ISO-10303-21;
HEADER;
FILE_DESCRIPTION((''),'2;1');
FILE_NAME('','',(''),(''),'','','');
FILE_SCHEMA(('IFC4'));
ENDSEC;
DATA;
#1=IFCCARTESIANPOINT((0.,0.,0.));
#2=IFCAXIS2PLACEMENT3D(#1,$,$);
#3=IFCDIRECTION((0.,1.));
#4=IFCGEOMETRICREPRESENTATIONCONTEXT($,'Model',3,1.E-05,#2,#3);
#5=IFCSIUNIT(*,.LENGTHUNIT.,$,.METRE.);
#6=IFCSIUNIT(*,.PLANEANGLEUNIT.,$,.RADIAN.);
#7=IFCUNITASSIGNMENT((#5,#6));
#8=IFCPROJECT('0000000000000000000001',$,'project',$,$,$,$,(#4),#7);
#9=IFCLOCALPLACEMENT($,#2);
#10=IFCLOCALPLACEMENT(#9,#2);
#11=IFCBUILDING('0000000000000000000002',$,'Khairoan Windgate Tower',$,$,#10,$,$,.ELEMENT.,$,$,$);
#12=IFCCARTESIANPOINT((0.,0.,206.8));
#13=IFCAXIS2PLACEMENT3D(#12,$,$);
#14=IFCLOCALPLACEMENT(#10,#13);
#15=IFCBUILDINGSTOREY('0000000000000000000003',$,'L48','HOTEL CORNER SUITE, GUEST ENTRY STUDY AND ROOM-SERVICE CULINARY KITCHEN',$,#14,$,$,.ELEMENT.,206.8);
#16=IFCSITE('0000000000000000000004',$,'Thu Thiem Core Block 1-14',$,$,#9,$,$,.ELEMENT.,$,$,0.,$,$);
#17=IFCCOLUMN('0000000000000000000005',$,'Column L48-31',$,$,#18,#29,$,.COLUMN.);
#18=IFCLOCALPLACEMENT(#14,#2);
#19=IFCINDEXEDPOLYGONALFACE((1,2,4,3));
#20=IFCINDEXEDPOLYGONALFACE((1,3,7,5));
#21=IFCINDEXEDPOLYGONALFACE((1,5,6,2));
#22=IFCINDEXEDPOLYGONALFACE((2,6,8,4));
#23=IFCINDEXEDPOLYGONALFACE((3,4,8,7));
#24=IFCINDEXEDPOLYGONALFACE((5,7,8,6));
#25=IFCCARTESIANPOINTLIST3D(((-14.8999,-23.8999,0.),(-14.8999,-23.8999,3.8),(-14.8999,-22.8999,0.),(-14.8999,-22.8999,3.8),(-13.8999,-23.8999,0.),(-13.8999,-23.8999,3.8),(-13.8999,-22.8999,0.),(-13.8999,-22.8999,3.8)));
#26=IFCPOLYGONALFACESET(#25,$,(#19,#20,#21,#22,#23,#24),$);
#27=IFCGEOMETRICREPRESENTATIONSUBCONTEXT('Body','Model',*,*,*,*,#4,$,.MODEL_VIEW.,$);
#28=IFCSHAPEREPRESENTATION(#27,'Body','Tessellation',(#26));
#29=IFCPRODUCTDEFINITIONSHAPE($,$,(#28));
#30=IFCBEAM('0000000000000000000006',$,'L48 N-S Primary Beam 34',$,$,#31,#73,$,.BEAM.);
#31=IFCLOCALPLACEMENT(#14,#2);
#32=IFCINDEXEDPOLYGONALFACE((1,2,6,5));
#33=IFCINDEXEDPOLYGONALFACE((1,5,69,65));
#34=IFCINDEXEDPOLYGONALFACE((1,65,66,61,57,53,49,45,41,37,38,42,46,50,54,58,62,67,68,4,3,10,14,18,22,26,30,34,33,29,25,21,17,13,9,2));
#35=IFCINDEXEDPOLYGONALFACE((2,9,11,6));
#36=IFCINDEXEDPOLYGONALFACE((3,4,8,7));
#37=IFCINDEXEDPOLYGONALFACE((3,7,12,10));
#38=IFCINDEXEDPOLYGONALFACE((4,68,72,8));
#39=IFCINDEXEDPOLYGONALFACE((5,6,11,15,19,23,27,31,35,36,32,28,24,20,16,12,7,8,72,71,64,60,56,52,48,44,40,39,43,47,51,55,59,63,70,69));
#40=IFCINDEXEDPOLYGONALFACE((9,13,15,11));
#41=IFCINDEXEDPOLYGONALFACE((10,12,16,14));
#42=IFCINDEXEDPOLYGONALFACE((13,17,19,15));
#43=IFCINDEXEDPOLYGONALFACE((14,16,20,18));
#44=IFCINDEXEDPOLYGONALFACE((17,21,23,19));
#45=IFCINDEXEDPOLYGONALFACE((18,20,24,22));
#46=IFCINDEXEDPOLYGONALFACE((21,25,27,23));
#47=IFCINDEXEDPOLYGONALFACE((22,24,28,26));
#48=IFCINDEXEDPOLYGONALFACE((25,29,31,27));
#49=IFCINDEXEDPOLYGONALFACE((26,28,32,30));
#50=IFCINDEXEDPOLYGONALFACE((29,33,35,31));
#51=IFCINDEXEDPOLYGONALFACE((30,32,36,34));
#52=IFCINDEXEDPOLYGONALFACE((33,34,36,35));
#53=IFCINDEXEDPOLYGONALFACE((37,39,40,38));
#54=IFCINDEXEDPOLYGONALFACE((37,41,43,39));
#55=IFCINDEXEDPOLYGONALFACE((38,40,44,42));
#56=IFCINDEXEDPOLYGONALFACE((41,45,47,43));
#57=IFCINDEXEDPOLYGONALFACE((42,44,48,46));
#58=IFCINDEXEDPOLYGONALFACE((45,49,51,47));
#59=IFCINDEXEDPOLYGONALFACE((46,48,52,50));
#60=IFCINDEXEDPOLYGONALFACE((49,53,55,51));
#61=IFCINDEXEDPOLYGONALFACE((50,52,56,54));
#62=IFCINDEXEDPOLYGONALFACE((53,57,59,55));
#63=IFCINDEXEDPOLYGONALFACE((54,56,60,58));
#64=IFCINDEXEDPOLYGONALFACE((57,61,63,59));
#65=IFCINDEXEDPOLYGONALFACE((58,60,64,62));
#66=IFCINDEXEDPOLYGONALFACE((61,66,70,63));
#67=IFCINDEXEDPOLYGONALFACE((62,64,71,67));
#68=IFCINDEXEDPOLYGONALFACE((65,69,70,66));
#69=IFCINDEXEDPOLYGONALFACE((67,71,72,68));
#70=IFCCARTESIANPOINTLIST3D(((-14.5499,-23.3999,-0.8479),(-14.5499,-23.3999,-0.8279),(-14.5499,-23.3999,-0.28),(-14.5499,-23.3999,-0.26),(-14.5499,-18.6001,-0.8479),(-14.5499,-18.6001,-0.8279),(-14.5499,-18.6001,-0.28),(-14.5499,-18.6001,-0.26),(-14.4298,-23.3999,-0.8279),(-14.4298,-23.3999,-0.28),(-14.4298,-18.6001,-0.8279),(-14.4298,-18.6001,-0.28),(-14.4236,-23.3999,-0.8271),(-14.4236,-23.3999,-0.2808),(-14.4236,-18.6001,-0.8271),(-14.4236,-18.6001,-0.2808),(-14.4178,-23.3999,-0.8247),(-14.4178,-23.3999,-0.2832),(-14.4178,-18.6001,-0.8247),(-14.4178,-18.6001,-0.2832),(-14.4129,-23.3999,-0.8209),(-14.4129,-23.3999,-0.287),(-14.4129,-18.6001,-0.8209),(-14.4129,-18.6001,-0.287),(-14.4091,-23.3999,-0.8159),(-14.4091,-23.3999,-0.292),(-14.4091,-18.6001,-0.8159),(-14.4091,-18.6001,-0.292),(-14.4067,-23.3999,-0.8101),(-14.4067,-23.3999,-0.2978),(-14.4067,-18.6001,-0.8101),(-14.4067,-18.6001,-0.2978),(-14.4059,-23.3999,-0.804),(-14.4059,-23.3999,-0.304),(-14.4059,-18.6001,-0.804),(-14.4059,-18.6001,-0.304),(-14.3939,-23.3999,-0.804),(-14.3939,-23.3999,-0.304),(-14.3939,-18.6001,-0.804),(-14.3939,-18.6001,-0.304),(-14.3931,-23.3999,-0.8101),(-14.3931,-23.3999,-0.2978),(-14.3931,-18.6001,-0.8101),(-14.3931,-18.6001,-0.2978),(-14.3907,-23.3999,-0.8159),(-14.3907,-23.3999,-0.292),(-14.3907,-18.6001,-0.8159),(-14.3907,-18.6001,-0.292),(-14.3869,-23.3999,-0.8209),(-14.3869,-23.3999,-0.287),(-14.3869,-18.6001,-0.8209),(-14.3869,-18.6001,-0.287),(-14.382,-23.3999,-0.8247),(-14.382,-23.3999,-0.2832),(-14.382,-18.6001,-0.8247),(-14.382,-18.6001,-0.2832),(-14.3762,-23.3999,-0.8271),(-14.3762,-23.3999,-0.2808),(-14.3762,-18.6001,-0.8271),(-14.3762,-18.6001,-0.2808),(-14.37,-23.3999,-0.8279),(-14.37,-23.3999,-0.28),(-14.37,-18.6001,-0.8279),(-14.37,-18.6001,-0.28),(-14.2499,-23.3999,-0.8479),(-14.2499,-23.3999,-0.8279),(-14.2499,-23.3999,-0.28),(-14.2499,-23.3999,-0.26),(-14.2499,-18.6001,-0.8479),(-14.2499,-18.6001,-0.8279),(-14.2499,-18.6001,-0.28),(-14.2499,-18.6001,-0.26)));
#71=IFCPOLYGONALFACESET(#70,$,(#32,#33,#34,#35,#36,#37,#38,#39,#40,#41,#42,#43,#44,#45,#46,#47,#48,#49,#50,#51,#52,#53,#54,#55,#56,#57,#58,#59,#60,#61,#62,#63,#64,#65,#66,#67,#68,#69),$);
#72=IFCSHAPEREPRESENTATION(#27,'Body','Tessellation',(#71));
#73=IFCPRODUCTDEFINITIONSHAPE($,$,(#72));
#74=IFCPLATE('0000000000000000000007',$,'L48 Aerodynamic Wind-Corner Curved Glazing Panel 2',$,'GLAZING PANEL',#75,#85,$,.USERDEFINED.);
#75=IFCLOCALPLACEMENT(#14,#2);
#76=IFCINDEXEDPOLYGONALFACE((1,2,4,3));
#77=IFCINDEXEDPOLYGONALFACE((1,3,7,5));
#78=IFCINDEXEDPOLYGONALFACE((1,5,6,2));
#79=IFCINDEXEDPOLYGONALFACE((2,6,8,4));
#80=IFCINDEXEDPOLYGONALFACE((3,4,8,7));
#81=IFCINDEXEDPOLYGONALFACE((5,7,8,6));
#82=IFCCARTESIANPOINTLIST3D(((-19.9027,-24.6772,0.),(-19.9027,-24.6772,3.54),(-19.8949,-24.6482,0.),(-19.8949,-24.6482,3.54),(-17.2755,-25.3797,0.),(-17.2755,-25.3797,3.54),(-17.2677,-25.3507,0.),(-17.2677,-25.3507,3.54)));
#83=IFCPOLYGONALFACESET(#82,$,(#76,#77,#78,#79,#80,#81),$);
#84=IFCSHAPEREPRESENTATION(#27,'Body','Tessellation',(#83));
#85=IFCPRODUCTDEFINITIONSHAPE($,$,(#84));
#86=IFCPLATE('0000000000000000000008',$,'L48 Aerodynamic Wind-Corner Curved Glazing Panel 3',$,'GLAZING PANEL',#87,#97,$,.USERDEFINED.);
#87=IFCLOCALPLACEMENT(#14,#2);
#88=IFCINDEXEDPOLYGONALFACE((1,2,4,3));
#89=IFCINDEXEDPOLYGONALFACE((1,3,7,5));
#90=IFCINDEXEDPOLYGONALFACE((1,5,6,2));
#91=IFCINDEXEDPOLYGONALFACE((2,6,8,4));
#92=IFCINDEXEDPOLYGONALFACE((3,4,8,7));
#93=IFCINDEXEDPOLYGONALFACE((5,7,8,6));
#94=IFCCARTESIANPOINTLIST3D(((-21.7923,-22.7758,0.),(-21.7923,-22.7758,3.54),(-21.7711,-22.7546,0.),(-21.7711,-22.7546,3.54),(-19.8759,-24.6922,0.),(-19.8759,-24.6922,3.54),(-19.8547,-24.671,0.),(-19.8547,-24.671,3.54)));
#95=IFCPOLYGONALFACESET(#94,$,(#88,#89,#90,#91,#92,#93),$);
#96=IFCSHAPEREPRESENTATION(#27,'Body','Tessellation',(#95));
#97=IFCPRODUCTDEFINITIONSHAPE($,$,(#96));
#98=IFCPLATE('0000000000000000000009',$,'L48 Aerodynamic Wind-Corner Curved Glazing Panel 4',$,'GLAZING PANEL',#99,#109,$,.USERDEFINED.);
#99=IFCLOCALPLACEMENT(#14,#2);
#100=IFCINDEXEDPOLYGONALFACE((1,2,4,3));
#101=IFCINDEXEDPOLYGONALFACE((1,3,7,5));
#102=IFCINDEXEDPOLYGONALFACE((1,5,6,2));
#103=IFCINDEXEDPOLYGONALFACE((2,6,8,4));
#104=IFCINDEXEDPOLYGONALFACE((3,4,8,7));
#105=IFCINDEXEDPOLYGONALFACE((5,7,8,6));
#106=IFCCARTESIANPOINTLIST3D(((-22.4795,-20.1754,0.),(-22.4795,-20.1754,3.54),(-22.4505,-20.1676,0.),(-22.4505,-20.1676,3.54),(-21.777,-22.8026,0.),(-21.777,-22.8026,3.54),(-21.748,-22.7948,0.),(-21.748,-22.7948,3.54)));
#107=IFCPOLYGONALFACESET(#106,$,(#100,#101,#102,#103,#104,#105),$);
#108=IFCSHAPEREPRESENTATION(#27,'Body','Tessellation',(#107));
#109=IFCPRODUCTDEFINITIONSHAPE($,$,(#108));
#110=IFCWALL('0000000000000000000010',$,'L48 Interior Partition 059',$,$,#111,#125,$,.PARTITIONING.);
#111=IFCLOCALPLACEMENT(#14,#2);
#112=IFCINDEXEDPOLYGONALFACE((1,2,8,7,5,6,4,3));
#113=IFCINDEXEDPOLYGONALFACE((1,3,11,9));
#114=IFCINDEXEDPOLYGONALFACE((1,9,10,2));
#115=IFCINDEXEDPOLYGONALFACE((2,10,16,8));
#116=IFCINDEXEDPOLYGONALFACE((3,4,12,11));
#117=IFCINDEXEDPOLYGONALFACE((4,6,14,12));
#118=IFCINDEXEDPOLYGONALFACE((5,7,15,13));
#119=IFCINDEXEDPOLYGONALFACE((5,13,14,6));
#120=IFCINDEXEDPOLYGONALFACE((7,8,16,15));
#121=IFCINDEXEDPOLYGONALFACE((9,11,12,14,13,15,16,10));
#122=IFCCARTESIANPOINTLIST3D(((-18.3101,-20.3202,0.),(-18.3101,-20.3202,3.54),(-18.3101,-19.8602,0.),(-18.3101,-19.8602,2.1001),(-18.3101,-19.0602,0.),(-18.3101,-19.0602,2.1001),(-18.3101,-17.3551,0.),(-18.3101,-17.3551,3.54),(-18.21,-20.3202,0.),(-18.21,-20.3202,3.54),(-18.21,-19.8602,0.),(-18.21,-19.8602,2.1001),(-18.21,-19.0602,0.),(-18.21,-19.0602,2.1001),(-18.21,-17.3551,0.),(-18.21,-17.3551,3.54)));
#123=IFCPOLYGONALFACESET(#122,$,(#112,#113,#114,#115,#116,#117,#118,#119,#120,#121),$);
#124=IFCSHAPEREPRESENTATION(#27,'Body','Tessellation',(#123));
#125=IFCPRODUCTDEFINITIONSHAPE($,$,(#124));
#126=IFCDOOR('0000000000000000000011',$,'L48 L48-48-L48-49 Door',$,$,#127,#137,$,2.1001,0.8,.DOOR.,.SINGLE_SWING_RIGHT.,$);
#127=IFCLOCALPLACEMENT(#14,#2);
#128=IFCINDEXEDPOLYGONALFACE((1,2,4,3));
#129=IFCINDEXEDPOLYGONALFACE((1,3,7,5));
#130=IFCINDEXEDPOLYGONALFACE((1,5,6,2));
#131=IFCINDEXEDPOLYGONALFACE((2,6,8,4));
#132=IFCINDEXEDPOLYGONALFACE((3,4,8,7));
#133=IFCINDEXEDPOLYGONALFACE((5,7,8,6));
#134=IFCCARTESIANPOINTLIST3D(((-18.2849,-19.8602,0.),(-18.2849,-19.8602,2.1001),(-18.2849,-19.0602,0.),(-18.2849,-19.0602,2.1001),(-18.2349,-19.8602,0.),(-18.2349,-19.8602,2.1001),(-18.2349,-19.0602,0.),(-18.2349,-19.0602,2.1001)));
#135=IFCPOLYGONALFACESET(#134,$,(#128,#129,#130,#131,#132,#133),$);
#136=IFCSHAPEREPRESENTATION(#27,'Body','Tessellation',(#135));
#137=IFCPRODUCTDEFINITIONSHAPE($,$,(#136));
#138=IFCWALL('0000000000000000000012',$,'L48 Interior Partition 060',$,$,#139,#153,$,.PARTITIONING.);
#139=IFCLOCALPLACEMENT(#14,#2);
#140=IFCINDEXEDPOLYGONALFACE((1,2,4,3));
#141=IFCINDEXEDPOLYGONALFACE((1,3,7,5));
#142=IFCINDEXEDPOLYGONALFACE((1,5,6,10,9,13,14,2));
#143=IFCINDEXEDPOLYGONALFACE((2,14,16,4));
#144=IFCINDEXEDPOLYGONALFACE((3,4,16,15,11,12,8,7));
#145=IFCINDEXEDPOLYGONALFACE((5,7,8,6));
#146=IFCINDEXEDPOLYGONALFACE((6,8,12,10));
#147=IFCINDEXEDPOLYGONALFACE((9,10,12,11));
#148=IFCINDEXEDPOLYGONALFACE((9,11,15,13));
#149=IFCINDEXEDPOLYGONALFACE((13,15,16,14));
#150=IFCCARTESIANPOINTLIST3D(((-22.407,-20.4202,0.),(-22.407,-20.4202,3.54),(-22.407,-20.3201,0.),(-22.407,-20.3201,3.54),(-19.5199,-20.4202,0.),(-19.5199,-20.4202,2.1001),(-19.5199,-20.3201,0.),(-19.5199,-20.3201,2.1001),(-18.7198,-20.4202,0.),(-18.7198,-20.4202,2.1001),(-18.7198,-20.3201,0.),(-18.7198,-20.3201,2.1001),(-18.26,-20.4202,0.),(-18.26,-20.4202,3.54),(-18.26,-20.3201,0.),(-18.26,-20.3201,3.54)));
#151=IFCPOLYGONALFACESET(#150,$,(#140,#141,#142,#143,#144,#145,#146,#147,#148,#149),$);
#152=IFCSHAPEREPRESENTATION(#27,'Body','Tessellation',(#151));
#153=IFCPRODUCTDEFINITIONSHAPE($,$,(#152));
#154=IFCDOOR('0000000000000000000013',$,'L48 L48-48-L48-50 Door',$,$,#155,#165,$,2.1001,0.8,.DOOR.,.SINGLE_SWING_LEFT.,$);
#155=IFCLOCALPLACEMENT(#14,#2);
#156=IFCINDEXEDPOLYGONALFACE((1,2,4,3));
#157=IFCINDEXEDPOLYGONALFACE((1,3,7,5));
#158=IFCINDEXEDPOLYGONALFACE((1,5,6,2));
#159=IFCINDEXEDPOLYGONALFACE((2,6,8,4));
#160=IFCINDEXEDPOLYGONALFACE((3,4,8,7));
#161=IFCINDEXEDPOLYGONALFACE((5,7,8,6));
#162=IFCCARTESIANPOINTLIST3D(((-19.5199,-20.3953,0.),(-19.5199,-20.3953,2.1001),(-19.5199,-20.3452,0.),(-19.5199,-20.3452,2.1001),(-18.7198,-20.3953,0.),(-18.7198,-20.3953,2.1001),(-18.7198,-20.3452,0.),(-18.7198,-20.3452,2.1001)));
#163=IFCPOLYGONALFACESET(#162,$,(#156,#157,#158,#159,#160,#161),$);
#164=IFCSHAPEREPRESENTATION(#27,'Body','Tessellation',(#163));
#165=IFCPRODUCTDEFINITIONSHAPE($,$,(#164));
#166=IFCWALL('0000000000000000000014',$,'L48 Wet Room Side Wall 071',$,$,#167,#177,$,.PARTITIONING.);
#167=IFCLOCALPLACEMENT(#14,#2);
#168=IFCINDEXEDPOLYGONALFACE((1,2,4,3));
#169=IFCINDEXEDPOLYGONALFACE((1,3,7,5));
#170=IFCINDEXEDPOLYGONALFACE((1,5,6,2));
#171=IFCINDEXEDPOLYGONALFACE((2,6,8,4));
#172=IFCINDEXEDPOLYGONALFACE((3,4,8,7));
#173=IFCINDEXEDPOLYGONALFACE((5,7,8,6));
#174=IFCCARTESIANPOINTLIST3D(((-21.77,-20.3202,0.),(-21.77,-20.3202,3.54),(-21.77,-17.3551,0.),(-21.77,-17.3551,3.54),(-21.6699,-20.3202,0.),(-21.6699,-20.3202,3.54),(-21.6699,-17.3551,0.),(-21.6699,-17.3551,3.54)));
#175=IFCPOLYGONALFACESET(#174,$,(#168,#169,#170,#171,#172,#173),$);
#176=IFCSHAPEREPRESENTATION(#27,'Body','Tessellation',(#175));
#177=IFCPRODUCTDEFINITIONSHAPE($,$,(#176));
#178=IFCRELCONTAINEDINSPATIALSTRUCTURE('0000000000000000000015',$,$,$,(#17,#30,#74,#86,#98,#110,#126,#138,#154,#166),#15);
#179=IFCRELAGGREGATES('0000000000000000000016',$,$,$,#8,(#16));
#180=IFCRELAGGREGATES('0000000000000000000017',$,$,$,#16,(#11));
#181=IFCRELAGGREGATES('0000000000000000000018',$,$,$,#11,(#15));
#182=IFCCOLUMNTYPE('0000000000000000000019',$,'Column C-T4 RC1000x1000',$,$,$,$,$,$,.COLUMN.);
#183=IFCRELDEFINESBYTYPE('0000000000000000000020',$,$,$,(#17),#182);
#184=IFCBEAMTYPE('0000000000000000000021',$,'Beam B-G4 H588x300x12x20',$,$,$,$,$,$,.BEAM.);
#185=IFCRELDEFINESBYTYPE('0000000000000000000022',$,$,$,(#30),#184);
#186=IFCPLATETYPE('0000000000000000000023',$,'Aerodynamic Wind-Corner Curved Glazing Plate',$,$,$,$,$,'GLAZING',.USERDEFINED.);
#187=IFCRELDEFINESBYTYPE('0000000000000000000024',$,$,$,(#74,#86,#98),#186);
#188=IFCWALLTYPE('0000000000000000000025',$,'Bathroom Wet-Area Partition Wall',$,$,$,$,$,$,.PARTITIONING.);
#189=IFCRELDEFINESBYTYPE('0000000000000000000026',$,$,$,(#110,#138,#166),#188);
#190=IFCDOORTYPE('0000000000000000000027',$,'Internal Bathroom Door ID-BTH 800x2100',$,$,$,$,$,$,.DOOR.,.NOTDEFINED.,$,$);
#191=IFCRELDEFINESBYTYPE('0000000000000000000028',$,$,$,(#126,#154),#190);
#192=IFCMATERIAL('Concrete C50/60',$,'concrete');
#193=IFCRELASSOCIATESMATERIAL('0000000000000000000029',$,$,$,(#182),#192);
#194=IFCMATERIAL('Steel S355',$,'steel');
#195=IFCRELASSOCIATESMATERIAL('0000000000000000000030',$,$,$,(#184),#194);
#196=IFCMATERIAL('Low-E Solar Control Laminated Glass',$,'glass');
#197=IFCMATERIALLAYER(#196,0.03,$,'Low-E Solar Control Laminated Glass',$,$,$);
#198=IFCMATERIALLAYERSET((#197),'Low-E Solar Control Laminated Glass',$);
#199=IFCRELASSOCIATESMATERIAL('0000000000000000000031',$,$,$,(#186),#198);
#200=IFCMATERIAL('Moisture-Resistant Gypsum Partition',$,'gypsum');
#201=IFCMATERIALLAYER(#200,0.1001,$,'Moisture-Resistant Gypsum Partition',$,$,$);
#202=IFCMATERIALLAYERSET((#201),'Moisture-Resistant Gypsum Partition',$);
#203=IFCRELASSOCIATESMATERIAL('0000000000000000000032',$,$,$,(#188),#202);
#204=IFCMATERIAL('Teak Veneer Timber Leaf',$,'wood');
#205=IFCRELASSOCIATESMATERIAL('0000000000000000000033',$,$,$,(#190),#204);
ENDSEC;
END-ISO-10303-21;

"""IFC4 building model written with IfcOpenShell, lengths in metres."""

from ifc_helpers import new_model, si_unit, direction, frame, frame_2d, origin, origin_2d, place, context, subcontext, project, spatial, rectangle, i_section, extrude, material, layer, layer_set, material_profile, profile_set, type_object, element, fill, save


model = new_model("IFC4")

# Units and contexts
model_context = context("Model", 3, precision=1e-05, world=origin(), true_north=direction((0.0, 1.0)))
body_context = subcontext(model_context, "Body", "Model", "MODEL_VIEW")
ifc_project = project(units=[si_unit("LENGTHUNIT", "METRE"), si_unit("PLANEANGLEUNIT", "RADIAN")], contexts=[model_context])

# Site, building, storey
site_placement = place(None, origin())
site = spatial("IfcSite", under=ifc_project, at=site_placement, Name="Thu Thiem Core Block 1-14", CompositionType="ELEMENT", RefElevation=0.0)
building_placement = place(site_placement, origin())
building = spatial("IfcBuilding", under=site, at=building_placement, Name="Khairoan Windgate Tower", CompositionType="ELEMENT")
storey_placement = place(building_placement, frame((0.0, 0.0, 206.8)))
storey = spatial("IfcBuildingStorey", under=building, at=storey_placement, Name="L48", Description="HOTEL CORNER SUITE, GUEST ENTRY STUDY AND ROOM-SERVICE CULINARY KITCHEN", CompositionType="ELEMENT", Elevation=206.8)

# Column
ifc_material_1 = material(Name="Concrete C50/60", Category="concrete")
ifc_material_profile_1 = material_profile(ifc_material_1, rectangle(XDim=1.0, YDim=1.0, at=origin_2d()))
ifc_profile_set_1 = profile_set([ifc_material_profile_1], Name="Concrete C50/60")
column_type = type_object("IfcColumnType", Name="Column C-T4 RC1000x1000", PredefinedType="COLUMN", material=ifc_profile_set_1)
column_placement = place(storey_placement, frame((-14.3999, -23.3999, 0.0), z_axis=(0.0, 0.0, 1.0), x_axis=(1.0, 0.0, 0.0)))
element("IfcColumn", 1, at=column_placement, inside=storey, type_object=column_type, Name="Column L48-31", PredefinedType="COLUMN", context=body_context, shape_type="SweptSolid", body=[
    extrude(rectangle(XDim=1.0, YDim=1.0, at=origin_2d()), origin(), (0.0, 0.0, 1.0), 3.8),
])

# Beam
ifc_material_2 = material(Name="Steel S355", Category="steel")
ifc_material_profile_2 = material_profile(ifc_material_2, i_section(OverallWidth=0.3, OverallDepth=0.5879, WebThickness=0.012, FlangeThickness=0.02, FilletRadius=0.0239, at=origin_2d()))
ifc_profile_set_2 = profile_set([ifc_material_profile_2], Name="Steel S355")
beam_type = type_object("IfcBeamType", Name="Beam B-G4 H588x300x12x20", PredefinedType="BEAM", material=ifc_profile_set_2)
beam_placement = place(storey_placement, frame((-14.3999, -23.3999, -0.554), z_axis=(0.0, 1.0, 0.0), x_axis=(-1.0, 0.0, 0.0)))
element("IfcBeam", 2, at=beam_placement, inside=storey, type_object=beam_type, Name="L48 N-S Primary Beam 34", PredefinedType="BEAM", context=body_context, shape_type="SweptSolid", body=[
    extrude(i_section(OverallWidth=0.3, OverallDepth=0.5879, WebThickness=0.012, FlangeThickness=0.02, FilletRadius=0.0239, at=origin_2d()), origin(), (0.0, 0.0, 1.0), 4.7998),
])

# Plates
ifc_material_3 = material(Name="Low-E Solar Control Laminated Glass", Category="glass")
ifc_layer_1 = layer(ifc_material_3, 0.03, Name="Low-E Solar Control Laminated Glass")
ifc_layer_set_1 = layer_set([ifc_layer_1], Name="Low-E Solar Control Laminated Glass")
plate_type = type_object("IfcPlateType", Name="Aerodynamic Wind-Corner Curved Glazing Plate", ElementType="GLAZING", PredefinedType="USERDEFINED", material=ifc_layer_set_1)
plate_1_placement = place(storey_placement, frame((-18.5852, -25.0139, 0.0), z_axis=(0.0, 0.0, 1.0), x_axis=(-0.966061, 0.258313, 0.0)))
element("IfcPlate", 3, at=plate_1_placement, inside=storey, type_object=plate_type, Name="L48 Aerodynamic Wind-Corner Curved Glazing Panel 2", ObjectType="GLAZING PANEL", PredefinedType="USERDEFINED", context=body_context, shape_type="SweptSolid", body=[
    extrude(rectangle(XDim=2.7195, YDim=0.03, at=origin_2d()), origin(), (0.0, 0.0, 1.0), 3.54),
])
plate_2_placement = place(storey_placement, frame((-20.8235, -23.7234, 0.0), z_axis=(0.0, 0.0, 1.0), x_axis=(-0.707107, 0.707107, 0.0)))
element("IfcPlate", 4, at=plate_2_placement, inside=storey, type_object=plate_type, Name="L48 Aerodynamic Wind-Corner Curved Glazing Panel 3", ObjectType="GLAZING PANEL", PredefinedType="USERDEFINED", context=body_context, shape_type="SweptSolid", body=[
    extrude(rectangle(XDim=2.7102, YDim=0.03, at=origin_2d()), origin(), (0.0, 0.0, 1.0), 3.54),
])
plate_3_placement = place(storey_placement, frame((-22.1138, -21.4851, 0.0), z_axis=(0.0, 0.0, 1.0), x_axis=(-0.258313, 0.966061, 0.0)))
element("IfcPlate", 5, at=plate_3_placement, inside=storey, type_object=plate_type, Name="L48 Aerodynamic Wind-Corner Curved Glazing Panel 4", ObjectType="GLAZING PANEL", PredefinedType="USERDEFINED", context=body_context, shape_type="SweptSolid", body=[
    extrude(rectangle(XDim=2.7195, YDim=0.03, at=origin_2d()), origin(), (0.0, 0.0, 1.0), 3.54),
])

# Walls, openings, doors
ifc_material_4 = material(Name="Moisture-Resistant Gypsum Partition", Category="gypsum")
ifc_layer_2 = layer(ifc_material_4, 0.1001, Name="Moisture-Resistant Gypsum Partition")
ifc_layer_set_2 = layer_set([ifc_layer_2], Name="Moisture-Resistant Gypsum Partition")
wall_type_1 = type_object("IfcWallType", Name="Bathroom Wet-Area Partition Wall", PredefinedType="PARTITIONING", material=ifc_layer_set_2)
wall_1_placement = place(storey_placement, frame((-18.26, -20.3201, 0.0), z_axis=(0.0, 0.0, 1.0), x_axis=(0.0, 1.0, 0.0)))
wall_1 = element("IfcWall", 6, at=wall_1_placement, inside=storey, type_object=wall_type_1, Name="L48 Interior Partition 059", PredefinedType="PARTITIONING", context=body_context, shape_type="SweptSolid", body=[
    extrude(rectangle(XDim=2.9651, YDim=0.1001, at=frame_2d((1.4824, 0.0))), origin(), (0.0, 0.0, 1.0), 3.54),
])
opening_1_placement = place(wall_1_placement, frame((0.46, 0.0, 0.0)))
opening_1 = element("IfcOpeningElement", 7, at=opening_1_placement, cuts=wall_1, PredefinedType="OPENING", context=body_context, shape_type="SweptSolid", body=[
    extrude(rectangle(XDim=0.8, YDim=2.1001, at=frame_2d((0.3999, 1.05))), frame((0.0, 0.0601, 0.0), z_axis=(0.0, -1.0, 0.0), x_axis=(1.0, 0.0, 0.0)), (0.0, 0.0, 1.0), 0.1201),
])
ifc_material_5 = material(Name="Teak Veneer Timber Leaf", Category="wood")
door_type_1 = type_object("IfcDoorType", Name="Internal Bathroom Door ID-BTH 800x2100", OperationType="NOTDEFINED", PredefinedType="DOOR", material=ifc_material_5)
door_1_placement = place(opening_1_placement, origin())
door_1 = element("IfcDoor", 8, at=door_1_placement, inside=storey, type_object=door_type_1, Name="L48 L48-48-L48-49 Door", OperationType="SINGLE_SWING_RIGHT", OverallHeight=2.1001, OverallWidth=0.8, PredefinedType="DOOR", context=body_context, shape_type="SweptSolid", body=[
    extrude(rectangle(XDim=0.8, YDim=2.1001, at=frame_2d((0.3999, 1.05))), frame((0.0, 0.0249, 0.0), z_axis=(0.0, -1.0, 0.0), x_axis=(1.0, 0.0, 0.0)), (0.0, 0.0, 1.0), 0.05),
])
fill(opening_1, door_1)
wall_2_placement = place(storey_placement, frame((-22.407, -20.3701, 0.0), z_axis=(0.0, 0.0, 1.0), x_axis=(1.0, 0.0, 0.0)))
wall_2 = element("IfcWall", 9, at=wall_2_placement, inside=storey, type_object=wall_type_1, Name="L48 Interior Partition 060", PredefinedType="PARTITIONING", context=body_context, shape_type="SweptSolid", body=[
    extrude(rectangle(XDim=4.147, YDim=0.1001, at=frame_2d((2.0735, 0.0))), origin(), (0.0, 0.0, 1.0), 3.54),
])
opening_2_placement = place(wall_2_placement, frame((2.8872, 0.0, 0.0)))
opening_2 = element("IfcOpeningElement", 10, at=opening_2_placement, cuts=wall_2, PredefinedType="OPENING", context=body_context, shape_type="SweptSolid", body=[
    extrude(rectangle(XDim=0.8, YDim=2.1001, at=frame_2d((0.3999, 1.05))), frame((0.0, 0.0601, 0.0), z_axis=(0.0, -1.0, 0.0), x_axis=(1.0, 0.0, 0.0)), (0.0, 0.0, 1.0), 0.1201),
])
door_2_placement = place(opening_2_placement, origin())
door_2 = element("IfcDoor", 11, at=door_2_placement, inside=storey, type_object=door_type_1, Name="L48 L48-48-L48-50 Door", OperationType="SINGLE_SWING_LEFT", OverallHeight=2.1001, OverallWidth=0.8, PredefinedType="DOOR", context=body_context, shape_type="SweptSolid", body=[
    extrude(rectangle(XDim=0.8, YDim=2.1001, at=frame_2d((0.3999, 1.05))), frame((0.0, 0.0249, 0.0), z_axis=(0.0, -1.0, 0.0), x_axis=(1.0, 0.0, 0.0)), (0.0, 0.0, 1.0), 0.05),
])
fill(opening_2, door_2)

# Wall
wall_3_placement = place(storey_placement, frame((-21.72, -20.3201, 0.0), z_axis=(0.0, 0.0, 1.0), x_axis=(0.0, 1.0, 0.0)))
element("IfcWall", 12, at=wall_3_placement, inside=storey, type_object=wall_type_1, Name="L48 Wet Room Side Wall 071", PredefinedType="PARTITIONING", context=body_context, shape_type="SweptSolid", body=[
    extrude(rectangle(XDim=2.9651, YDim=0.1001, at=frame_2d((1.4824, 0.0))), origin(), (0.0, 0.0, 1.0), 3.54),
])

save(model, "model.ifc")
